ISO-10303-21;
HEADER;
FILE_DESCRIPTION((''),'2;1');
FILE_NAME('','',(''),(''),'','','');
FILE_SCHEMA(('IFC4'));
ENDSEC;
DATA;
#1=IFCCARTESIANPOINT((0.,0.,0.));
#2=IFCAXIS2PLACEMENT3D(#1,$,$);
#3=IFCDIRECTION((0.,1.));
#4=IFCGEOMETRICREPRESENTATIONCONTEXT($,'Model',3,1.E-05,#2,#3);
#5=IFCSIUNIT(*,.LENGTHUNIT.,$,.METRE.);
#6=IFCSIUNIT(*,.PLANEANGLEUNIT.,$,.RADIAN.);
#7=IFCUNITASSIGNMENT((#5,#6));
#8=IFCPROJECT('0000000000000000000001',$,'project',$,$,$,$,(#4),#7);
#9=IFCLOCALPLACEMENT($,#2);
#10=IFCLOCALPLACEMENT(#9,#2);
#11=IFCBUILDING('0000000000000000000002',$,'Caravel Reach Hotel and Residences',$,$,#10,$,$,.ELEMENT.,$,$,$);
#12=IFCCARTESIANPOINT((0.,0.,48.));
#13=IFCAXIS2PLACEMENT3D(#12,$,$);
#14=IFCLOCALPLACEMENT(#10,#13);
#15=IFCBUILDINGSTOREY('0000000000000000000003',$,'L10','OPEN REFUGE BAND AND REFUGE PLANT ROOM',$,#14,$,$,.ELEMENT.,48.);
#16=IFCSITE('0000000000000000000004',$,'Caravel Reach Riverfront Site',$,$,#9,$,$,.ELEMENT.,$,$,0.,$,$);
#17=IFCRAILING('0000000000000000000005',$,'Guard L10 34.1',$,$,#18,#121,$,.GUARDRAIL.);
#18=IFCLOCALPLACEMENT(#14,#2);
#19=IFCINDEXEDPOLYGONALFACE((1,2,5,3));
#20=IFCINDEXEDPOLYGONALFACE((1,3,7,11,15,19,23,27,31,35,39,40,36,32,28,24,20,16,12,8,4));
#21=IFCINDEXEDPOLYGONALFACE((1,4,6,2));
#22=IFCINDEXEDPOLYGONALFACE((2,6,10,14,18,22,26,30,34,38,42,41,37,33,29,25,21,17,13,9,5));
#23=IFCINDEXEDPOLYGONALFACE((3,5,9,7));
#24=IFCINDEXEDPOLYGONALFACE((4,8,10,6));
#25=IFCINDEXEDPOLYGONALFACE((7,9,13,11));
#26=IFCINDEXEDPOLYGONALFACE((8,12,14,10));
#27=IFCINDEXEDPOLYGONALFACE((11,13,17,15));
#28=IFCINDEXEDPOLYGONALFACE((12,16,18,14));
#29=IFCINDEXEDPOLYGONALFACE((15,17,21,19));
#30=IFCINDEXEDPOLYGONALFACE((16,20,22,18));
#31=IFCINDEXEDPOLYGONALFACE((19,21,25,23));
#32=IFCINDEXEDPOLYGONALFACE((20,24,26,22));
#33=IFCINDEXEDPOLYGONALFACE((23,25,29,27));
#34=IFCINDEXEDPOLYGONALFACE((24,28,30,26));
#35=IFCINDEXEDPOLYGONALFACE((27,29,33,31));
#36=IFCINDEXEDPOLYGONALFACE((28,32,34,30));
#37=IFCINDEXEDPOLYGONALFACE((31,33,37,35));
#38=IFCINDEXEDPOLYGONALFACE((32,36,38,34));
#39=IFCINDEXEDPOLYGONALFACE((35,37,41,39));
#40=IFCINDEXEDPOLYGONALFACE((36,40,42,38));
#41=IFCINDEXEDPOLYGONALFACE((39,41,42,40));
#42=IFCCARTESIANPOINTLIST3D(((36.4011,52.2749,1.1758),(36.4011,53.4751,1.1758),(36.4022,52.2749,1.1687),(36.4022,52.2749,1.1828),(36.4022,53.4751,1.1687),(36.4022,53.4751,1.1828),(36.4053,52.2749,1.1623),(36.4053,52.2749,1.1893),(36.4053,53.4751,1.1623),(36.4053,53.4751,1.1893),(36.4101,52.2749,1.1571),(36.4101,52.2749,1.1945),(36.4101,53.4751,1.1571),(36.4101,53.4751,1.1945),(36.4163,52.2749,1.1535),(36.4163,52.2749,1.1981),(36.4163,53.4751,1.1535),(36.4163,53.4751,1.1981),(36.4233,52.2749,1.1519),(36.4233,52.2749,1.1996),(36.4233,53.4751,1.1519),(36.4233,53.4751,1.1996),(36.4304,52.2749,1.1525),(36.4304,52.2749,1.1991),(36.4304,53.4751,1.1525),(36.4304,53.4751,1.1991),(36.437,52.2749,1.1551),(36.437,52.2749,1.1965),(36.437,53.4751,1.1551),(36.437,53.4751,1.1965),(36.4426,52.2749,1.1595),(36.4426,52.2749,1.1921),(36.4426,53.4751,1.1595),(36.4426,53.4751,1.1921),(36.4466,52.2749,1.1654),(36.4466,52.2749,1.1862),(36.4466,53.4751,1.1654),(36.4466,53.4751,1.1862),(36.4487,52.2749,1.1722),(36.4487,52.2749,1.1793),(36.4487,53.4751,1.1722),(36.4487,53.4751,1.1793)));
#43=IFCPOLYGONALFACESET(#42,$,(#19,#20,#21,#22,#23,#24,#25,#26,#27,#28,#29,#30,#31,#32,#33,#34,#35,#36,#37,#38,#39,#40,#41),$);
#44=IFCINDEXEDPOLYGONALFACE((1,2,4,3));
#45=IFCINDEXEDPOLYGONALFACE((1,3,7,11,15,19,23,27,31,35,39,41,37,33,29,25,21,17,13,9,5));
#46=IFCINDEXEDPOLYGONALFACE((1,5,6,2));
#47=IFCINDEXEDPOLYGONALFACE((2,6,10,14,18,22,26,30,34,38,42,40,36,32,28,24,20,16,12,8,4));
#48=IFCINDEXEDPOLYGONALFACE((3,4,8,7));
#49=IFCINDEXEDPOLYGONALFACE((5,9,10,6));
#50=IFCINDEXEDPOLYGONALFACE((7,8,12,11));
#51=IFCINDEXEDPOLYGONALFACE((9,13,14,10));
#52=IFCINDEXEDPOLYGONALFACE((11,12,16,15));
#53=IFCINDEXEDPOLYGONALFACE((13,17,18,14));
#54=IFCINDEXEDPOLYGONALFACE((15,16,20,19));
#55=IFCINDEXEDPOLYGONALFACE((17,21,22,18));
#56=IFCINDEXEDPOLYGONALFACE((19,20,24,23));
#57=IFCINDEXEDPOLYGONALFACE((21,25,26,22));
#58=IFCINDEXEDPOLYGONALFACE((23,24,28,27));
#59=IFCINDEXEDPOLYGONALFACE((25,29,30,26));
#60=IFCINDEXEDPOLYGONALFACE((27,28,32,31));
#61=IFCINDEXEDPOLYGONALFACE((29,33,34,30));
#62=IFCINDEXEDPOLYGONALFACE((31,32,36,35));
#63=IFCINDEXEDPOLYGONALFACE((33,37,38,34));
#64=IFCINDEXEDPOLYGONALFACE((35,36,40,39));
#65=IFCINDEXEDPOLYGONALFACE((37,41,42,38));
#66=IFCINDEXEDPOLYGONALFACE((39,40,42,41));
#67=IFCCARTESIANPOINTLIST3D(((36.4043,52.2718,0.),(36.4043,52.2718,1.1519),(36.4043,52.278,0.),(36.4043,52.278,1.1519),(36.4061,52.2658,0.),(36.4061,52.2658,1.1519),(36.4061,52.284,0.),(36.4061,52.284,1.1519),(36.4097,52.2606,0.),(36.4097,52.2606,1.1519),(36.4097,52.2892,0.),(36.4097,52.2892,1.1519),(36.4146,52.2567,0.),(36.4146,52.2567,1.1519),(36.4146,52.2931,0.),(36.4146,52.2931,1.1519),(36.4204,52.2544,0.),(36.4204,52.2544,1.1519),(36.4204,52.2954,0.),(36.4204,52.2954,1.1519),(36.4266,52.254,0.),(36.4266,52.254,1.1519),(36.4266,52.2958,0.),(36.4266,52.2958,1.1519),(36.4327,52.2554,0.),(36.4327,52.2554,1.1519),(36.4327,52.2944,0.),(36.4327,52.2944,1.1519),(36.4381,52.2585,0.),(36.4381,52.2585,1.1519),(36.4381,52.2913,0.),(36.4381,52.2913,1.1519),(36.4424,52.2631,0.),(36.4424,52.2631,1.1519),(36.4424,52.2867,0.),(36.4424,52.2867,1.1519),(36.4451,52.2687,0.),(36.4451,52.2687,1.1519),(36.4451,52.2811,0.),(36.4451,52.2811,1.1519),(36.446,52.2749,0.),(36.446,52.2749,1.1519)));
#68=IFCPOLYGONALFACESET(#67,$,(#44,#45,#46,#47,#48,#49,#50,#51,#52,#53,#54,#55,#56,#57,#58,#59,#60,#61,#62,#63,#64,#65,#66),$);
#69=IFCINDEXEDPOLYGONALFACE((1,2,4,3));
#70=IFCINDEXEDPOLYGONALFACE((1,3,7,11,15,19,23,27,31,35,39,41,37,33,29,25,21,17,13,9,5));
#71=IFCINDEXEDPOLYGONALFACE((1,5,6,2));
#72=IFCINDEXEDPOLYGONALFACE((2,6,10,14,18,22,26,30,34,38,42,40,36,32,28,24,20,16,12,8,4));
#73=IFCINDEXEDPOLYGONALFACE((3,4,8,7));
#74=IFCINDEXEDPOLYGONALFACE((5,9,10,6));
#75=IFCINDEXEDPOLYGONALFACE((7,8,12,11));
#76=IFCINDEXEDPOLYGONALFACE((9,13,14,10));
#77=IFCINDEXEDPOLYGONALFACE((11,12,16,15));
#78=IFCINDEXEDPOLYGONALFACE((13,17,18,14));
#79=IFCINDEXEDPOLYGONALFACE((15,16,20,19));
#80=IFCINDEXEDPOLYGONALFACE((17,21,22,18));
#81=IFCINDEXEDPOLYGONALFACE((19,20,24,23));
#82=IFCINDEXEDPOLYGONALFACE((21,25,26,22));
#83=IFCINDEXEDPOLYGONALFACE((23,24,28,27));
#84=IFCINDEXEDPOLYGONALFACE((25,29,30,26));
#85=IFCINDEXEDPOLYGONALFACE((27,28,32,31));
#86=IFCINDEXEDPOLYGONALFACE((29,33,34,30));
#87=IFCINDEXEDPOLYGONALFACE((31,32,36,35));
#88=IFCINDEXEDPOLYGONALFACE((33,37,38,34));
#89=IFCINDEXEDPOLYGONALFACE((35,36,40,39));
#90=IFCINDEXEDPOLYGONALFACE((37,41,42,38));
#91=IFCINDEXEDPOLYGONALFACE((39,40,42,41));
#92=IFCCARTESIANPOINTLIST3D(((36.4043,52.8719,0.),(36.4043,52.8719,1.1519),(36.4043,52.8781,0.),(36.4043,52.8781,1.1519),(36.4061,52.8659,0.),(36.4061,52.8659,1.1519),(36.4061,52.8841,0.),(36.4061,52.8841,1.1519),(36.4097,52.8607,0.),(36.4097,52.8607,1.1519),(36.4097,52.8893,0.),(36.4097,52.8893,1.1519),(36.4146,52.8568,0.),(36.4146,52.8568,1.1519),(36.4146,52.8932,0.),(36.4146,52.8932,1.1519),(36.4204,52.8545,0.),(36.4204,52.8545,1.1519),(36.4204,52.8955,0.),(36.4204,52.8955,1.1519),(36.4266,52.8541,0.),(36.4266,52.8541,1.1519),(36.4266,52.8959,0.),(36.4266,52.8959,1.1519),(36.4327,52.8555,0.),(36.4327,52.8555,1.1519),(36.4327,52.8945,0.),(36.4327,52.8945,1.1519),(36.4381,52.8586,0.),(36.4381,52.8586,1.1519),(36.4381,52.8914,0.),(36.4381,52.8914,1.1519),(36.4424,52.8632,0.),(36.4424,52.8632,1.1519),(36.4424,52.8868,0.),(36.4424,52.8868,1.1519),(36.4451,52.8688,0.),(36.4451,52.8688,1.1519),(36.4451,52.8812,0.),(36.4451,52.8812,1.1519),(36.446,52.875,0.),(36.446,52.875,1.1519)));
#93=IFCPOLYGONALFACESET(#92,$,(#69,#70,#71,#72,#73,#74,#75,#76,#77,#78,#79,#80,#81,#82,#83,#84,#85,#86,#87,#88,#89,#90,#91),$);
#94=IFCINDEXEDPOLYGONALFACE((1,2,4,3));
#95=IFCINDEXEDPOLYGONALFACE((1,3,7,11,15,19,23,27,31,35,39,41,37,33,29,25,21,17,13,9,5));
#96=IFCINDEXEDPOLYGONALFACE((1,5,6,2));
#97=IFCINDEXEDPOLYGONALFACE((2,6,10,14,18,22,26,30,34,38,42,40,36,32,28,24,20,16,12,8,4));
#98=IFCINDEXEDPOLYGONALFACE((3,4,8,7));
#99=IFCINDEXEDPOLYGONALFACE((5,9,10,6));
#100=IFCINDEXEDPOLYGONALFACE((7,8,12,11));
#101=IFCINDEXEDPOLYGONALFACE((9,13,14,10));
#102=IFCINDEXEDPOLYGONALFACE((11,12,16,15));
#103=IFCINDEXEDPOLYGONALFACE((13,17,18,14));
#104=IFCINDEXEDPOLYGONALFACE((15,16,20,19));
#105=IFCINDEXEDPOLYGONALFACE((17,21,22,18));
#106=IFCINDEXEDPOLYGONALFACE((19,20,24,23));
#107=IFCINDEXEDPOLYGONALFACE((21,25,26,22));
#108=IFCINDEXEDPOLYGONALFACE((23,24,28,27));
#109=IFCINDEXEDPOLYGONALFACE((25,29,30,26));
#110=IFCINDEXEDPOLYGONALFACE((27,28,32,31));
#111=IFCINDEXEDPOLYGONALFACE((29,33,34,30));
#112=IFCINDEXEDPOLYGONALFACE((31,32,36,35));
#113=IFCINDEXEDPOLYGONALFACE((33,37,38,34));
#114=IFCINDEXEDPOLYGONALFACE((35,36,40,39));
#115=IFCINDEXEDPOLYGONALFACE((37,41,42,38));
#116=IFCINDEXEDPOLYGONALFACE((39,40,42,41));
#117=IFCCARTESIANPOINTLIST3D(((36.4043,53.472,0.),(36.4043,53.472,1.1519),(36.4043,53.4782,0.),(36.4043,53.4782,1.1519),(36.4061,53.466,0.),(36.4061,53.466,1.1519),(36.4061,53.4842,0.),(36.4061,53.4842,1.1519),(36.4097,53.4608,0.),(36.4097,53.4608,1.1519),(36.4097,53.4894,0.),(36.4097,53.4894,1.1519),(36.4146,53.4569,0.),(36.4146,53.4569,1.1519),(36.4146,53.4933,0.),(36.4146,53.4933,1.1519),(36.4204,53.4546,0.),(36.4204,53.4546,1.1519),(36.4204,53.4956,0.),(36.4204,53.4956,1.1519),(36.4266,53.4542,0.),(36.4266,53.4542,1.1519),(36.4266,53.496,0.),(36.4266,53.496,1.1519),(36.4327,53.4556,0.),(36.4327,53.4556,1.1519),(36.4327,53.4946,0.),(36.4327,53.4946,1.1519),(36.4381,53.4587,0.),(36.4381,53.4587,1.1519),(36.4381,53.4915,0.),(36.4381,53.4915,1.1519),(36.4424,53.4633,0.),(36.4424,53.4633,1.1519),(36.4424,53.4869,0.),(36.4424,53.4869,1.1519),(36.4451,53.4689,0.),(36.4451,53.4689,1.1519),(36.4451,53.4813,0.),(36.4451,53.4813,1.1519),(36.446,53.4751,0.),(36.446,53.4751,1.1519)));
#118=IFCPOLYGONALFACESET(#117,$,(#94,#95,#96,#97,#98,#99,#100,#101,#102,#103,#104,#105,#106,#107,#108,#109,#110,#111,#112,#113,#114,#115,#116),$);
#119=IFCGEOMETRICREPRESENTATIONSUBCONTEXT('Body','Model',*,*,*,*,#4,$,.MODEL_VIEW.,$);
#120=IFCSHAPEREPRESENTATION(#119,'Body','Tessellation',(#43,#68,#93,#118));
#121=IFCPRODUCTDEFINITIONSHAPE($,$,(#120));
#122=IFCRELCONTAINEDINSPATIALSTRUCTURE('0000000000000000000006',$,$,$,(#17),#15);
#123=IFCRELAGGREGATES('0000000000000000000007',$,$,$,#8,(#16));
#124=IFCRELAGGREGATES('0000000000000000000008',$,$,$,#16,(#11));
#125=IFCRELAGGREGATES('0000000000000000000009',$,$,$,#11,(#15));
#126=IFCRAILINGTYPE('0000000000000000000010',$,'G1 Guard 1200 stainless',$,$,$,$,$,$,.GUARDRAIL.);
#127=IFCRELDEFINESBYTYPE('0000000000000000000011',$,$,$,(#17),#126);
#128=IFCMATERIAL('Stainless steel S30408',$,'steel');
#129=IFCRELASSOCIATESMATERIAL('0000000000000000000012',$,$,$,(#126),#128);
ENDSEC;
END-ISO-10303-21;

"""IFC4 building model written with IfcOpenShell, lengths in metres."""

from ifc_helpers import new_model, si_unit, direction, frame, origin, origin_2d, place, context, subcontext, project, spatial, circle, extrude, material, type_object, element, save


model = new_model("IFC4")

# Units and contexts
model_context = context("Model", 3, precision=1e-05, world=origin(), true_north=direction((0.0, 1.0)))
body_context = subcontext(model_context, "Body", "Model", "MODEL_VIEW")
ifc_project = project(units=[si_unit("LENGTHUNIT", "METRE"), si_unit("PLANEANGLEUNIT", "RADIAN")], contexts=[model_context])

# Site, building, storey
site_placement = place(None, origin())
site = spatial("IfcSite", under=ifc_project, at=site_placement, Name="Caravel Reach Riverfront Site", CompositionType="ELEMENT", RefElevation=0.0)
building_placement = place(site_placement, origin())
building = spatial("IfcBuilding", under=site, at=building_placement, Name="Caravel Reach Hotel and Residences", CompositionType="ELEMENT")
storey_placement = place(building_placement, frame((0.0, 0.0, 48.0)))
storey = spatial("IfcBuildingStorey", under=building, at=storey_placement, Name="L10", Description="OPEN REFUGE BAND AND REFUGE PLANT ROOM", CompositionType="ELEMENT", Elevation=48.0)

# Railing
ifc_material_1 = material(Name="Stainless steel S30408", Category="steel")
railing_type = type_object("IfcRailingType", Name="G1 Guard 1200 stainless", PredefinedType="GUARDRAIL", material=ifc_material_1)
railing_1_placement = place(storey_placement, frame((36.425, 52.2749, 0.0)))
element("IfcRailing", 1, at=railing_1_placement, inside=storey, type_object=railing_type, Name="Guard L10 34.1", PredefinedType="GUARDRAIL", context=body_context, shape_type="SweptSolid", body=[
    extrude(circle(Radius=0.0239, at=origin_2d()), frame((0.0, 0.0, 1.1758), z_axis=(0.0, 1.0, 0.0), x_axis=(-1.0, 0.0, 0.0)), (0.0, 0.0, 1.0), 1.2002),
    extrude(circle(Radius=0.021, at=origin_2d()), origin(), (0.0, 0.0, 1.0), 1.1519),
    extrude(circle(Radius=0.021, at=origin_2d()), frame((0.0, 0.6001, 0.0)), (0.0, 0.0, 1.0), 1.1519),
    extrude(circle(Radius=0.021, at=origin_2d()), frame((0.0, 1.2002, 0.0)), (0.0, 0.0, 1.0), 1.1519),
])

save(model, "model.ifc")
